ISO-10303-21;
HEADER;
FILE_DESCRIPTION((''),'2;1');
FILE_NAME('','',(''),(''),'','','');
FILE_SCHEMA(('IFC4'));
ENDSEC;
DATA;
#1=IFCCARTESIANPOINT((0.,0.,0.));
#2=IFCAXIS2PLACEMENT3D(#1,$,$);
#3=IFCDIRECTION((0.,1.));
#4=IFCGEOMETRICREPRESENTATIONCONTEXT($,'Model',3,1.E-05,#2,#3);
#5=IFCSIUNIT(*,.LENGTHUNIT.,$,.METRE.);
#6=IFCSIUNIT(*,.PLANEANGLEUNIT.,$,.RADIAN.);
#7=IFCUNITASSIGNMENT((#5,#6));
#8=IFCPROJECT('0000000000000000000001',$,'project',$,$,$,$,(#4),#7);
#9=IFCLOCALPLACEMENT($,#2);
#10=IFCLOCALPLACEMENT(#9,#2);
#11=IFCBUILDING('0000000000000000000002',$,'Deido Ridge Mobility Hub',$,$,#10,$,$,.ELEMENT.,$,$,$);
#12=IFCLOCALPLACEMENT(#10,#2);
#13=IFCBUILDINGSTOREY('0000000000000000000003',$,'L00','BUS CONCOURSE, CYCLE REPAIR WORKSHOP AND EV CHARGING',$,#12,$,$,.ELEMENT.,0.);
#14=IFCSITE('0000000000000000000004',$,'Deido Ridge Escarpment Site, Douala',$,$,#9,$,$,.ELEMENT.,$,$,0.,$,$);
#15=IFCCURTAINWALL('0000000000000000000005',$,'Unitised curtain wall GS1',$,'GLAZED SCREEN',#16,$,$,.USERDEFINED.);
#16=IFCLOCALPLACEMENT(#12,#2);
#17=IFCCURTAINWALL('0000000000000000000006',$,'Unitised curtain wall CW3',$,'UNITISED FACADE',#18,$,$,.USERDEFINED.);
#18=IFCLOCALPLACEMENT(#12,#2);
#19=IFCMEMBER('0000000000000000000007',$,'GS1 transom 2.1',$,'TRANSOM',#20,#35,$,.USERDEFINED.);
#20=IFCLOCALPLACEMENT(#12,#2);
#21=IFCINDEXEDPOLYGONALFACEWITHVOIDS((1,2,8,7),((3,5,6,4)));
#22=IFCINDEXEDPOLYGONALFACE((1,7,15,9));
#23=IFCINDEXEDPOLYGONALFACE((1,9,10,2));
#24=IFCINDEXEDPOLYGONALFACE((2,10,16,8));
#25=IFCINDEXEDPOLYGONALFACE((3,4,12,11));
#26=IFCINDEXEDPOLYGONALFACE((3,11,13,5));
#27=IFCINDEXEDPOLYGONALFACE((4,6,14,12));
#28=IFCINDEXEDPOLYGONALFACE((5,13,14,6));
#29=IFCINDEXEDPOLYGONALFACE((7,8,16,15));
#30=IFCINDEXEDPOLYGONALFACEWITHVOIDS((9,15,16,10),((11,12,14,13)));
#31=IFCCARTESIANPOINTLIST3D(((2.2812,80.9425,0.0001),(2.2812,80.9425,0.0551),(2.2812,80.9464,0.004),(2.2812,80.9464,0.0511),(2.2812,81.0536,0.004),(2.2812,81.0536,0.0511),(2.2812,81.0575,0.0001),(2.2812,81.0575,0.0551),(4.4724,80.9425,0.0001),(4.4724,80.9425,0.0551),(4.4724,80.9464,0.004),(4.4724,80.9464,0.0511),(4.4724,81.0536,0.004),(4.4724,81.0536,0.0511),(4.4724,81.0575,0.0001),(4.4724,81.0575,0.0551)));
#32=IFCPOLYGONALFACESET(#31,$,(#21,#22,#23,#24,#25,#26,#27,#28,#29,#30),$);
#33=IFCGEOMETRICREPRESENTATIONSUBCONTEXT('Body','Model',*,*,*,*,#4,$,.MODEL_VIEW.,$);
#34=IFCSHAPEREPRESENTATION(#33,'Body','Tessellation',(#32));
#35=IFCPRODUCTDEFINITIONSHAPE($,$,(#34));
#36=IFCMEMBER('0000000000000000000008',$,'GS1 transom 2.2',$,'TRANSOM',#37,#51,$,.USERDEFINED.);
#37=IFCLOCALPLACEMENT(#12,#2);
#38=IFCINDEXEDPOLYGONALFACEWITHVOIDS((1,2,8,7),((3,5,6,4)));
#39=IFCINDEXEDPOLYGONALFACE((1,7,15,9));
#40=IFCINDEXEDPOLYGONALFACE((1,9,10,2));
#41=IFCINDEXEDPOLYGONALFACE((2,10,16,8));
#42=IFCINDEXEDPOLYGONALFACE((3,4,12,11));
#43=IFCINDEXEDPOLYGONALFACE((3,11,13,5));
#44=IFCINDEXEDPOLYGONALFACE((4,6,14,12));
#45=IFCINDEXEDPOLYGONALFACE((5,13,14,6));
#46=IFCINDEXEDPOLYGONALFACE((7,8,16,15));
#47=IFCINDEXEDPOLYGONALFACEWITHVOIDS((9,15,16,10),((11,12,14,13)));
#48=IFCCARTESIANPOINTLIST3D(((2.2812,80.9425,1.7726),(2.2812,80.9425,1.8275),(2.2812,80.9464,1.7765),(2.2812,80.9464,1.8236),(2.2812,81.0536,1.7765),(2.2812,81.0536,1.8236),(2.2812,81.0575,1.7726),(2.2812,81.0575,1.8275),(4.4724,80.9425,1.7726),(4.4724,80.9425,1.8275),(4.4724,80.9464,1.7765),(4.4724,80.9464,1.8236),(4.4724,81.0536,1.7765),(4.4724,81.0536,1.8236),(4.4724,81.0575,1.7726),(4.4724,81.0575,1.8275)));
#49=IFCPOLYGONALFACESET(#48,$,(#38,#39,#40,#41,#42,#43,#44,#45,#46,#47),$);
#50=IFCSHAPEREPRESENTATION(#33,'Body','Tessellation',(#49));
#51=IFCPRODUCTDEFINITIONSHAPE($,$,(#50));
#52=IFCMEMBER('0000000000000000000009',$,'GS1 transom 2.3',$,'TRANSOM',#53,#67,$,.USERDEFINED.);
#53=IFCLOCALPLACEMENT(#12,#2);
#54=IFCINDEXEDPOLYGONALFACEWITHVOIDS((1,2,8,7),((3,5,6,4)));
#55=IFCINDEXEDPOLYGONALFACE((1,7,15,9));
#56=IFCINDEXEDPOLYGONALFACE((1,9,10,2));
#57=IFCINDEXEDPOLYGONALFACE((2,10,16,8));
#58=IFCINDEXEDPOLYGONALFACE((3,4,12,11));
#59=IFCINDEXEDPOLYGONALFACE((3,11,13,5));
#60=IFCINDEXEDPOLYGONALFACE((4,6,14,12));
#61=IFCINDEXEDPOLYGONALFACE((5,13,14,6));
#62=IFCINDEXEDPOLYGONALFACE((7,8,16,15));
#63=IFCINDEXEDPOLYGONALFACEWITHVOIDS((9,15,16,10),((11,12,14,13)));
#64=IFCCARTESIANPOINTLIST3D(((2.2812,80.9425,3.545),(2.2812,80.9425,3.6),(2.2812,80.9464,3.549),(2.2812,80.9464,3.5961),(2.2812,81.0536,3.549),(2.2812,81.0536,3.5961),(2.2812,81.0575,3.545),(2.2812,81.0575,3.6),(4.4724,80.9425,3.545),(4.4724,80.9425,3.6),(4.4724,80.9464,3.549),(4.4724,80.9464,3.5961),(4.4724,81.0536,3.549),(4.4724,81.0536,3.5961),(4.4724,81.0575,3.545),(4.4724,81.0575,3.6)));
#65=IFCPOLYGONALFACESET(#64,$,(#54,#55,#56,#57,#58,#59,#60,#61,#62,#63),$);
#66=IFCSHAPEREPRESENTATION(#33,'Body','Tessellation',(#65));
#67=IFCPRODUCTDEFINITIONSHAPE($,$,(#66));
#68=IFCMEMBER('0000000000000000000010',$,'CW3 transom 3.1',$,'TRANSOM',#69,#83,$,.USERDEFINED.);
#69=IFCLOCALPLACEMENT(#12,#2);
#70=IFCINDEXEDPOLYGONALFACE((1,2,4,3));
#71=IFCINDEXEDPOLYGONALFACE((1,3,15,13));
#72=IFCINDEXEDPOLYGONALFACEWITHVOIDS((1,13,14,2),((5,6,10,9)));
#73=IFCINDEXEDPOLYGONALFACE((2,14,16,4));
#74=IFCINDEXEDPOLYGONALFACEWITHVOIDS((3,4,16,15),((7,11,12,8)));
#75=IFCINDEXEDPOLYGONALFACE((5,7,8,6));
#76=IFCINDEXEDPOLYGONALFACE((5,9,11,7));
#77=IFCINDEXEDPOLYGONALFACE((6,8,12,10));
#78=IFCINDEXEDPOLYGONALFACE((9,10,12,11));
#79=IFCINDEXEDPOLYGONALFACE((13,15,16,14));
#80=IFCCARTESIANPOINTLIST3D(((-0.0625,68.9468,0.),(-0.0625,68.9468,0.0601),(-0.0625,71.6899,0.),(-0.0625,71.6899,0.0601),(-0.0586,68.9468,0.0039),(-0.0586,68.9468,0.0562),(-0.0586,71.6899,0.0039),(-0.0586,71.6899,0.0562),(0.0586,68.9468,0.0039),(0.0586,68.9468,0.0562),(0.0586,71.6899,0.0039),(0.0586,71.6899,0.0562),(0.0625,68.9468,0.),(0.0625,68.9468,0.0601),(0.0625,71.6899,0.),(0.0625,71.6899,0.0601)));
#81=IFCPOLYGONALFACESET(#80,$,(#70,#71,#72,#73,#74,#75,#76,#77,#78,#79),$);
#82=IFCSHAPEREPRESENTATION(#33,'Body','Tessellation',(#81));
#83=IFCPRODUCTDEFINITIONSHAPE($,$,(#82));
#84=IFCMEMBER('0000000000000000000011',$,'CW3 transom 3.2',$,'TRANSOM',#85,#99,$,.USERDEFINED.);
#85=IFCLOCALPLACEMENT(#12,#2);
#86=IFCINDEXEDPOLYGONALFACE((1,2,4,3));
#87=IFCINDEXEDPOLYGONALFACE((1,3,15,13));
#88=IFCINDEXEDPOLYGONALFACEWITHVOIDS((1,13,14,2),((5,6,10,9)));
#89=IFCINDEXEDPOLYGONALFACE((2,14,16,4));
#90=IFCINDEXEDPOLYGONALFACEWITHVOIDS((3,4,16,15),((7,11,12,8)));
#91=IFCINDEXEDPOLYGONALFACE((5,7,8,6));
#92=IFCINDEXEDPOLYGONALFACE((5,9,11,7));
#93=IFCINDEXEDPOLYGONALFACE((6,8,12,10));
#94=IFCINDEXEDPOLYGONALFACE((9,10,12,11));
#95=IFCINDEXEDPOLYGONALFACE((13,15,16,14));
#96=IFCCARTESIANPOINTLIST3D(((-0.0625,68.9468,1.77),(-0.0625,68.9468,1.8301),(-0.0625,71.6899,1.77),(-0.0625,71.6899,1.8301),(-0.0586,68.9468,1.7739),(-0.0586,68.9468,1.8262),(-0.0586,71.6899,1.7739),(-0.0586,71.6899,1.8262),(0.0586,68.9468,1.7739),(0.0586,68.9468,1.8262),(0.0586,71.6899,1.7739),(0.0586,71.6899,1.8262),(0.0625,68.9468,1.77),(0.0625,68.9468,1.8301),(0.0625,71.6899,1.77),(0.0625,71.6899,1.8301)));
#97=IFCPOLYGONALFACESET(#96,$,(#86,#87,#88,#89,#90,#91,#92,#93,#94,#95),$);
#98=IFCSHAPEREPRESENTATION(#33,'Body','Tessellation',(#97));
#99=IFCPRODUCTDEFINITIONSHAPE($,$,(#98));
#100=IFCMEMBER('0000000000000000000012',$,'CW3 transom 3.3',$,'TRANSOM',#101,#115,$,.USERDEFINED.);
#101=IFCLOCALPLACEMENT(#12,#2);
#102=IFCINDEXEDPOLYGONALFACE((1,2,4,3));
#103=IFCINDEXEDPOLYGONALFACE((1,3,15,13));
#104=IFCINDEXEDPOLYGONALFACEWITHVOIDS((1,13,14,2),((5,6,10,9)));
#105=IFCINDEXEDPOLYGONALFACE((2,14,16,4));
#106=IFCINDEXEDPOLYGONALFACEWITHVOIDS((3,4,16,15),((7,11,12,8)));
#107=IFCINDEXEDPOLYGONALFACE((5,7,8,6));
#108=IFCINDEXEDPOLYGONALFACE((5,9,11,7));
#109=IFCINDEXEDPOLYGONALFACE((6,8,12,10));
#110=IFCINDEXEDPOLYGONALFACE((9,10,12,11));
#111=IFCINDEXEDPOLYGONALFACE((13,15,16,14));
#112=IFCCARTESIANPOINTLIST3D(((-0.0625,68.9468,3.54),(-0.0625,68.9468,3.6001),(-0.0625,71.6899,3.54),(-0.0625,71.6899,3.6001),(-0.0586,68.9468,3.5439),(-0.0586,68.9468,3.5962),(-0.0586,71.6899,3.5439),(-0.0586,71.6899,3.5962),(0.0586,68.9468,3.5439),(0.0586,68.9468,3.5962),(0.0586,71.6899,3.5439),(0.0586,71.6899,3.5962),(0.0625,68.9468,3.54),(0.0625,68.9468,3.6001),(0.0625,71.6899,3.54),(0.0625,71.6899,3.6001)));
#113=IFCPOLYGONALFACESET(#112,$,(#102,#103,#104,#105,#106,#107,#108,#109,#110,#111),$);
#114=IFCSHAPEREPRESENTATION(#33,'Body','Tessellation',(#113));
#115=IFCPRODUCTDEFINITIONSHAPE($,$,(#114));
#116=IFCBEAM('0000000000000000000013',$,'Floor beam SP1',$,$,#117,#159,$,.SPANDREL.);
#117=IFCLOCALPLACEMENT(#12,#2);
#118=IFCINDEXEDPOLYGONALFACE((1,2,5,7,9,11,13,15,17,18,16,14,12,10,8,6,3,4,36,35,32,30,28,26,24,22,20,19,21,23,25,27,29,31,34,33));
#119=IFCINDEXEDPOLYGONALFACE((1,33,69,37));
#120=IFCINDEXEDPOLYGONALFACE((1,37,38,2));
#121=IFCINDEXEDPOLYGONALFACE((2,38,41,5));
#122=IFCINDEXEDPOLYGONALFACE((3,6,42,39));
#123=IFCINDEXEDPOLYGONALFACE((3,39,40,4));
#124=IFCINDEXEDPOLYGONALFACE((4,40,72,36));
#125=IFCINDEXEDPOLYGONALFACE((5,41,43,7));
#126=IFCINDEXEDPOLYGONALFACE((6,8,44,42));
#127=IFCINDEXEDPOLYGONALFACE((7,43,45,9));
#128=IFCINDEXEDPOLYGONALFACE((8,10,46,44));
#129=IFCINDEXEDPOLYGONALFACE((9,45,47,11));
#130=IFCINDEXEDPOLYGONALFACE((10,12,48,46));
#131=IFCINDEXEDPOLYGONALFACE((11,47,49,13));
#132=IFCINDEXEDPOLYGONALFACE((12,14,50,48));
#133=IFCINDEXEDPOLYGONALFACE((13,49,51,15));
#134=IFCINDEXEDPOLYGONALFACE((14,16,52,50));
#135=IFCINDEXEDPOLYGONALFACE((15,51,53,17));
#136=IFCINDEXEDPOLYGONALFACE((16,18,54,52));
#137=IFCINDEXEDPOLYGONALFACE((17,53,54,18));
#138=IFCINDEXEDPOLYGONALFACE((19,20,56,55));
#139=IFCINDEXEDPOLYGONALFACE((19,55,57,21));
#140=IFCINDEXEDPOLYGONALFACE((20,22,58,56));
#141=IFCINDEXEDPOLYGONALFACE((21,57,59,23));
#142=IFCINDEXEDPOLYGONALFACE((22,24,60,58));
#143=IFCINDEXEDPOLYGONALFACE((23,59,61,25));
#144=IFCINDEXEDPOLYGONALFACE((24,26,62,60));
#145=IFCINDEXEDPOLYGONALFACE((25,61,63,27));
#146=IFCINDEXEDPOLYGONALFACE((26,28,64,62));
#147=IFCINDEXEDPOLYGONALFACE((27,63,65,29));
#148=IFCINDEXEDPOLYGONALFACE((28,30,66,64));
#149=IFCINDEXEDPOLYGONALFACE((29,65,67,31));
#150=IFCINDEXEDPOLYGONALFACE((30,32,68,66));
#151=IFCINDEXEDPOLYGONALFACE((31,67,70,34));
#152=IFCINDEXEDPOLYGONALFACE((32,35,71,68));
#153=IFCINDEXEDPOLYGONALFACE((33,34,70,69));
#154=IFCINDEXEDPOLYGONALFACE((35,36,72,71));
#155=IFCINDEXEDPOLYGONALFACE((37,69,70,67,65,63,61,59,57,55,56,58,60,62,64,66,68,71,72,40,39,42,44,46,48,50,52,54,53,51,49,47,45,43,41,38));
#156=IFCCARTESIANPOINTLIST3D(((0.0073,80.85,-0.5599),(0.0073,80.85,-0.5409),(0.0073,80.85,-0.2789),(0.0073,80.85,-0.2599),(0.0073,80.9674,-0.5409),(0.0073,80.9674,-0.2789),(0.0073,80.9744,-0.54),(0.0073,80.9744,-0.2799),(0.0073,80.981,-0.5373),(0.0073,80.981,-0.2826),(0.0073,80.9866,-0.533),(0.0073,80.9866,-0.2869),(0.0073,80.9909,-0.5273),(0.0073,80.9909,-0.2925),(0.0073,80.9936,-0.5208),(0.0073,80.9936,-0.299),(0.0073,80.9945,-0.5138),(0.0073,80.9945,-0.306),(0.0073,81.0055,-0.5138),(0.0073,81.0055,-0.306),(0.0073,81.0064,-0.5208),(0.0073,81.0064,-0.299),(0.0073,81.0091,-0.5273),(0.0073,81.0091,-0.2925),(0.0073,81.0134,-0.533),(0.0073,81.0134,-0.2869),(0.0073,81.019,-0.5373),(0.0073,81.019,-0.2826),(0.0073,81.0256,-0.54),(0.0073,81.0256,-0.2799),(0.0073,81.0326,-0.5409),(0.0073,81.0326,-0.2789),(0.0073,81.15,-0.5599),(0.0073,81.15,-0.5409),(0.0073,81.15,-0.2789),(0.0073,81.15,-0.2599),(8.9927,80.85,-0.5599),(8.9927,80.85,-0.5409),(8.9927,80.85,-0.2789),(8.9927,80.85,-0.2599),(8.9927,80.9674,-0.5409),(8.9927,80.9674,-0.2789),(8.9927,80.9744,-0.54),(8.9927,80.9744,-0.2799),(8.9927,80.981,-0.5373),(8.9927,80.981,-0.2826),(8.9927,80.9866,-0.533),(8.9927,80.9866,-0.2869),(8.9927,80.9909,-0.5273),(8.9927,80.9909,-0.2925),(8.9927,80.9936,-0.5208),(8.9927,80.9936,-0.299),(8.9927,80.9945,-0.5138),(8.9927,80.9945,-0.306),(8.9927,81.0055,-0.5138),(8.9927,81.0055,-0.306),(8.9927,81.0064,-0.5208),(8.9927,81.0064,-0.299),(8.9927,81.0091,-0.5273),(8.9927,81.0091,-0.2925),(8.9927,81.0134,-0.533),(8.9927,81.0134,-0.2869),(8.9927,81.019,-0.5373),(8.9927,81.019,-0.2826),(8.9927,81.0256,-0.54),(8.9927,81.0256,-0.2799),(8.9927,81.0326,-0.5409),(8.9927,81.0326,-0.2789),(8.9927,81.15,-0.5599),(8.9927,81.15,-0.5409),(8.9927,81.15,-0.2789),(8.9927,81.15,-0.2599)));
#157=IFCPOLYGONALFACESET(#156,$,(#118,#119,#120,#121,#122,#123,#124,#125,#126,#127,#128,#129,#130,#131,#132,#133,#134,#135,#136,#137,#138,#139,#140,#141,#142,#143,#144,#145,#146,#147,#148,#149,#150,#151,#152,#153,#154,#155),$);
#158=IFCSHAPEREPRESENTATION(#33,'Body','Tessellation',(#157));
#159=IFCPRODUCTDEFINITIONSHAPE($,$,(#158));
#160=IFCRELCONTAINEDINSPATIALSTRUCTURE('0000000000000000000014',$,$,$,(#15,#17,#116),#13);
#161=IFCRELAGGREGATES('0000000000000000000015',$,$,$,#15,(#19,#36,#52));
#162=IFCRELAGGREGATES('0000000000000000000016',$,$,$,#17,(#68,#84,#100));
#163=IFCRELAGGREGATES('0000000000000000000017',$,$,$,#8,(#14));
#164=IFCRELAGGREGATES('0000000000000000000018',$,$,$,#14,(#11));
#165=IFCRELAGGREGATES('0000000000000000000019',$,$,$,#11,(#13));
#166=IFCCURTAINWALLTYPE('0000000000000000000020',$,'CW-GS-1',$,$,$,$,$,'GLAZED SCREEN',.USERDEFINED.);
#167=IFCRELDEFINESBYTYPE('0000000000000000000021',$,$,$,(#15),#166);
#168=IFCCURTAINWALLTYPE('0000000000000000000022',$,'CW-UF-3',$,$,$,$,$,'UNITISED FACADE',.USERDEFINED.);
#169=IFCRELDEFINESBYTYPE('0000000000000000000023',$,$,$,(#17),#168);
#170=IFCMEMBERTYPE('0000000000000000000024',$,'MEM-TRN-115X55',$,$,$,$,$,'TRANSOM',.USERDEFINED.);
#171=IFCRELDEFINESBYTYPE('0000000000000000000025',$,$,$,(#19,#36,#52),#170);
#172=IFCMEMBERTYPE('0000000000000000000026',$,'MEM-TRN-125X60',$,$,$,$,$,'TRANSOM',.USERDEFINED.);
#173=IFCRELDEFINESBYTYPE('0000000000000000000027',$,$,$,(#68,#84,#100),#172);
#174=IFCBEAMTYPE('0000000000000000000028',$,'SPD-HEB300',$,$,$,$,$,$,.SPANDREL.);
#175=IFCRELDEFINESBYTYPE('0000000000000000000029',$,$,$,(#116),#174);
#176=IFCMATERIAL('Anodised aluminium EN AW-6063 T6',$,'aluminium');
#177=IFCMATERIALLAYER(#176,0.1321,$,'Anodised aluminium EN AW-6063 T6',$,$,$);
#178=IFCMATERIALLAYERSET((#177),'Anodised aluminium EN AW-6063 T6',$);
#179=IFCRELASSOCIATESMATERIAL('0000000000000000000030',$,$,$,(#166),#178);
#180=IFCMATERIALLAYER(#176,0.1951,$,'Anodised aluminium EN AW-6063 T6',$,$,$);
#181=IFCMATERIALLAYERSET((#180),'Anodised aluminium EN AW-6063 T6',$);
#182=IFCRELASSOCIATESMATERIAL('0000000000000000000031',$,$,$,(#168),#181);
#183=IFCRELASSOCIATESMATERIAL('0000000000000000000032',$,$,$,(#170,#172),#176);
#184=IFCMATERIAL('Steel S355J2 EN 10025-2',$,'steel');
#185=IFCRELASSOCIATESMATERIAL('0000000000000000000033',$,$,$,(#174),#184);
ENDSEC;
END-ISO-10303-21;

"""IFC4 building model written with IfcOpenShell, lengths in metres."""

from ifc_helpers import new_model, si_unit, direction, frame, origin, origin_2d, place, context, subcontext, project, spatial, hollow_rectangle, i_section, extrude, material, layer, layer_set, material_profile, profile_set, type_object, element, aggregate, save


model = new_model("IFC4")

# Units and contexts
model_context = context("Model", 3, precision=1e-05, world=origin(), true_north=direction((0.0, 1.0)))
body_context = subcontext(model_context, "Body", "Model", "MODEL_VIEW")
ifc_project = project(units=[si_unit("LENGTHUNIT", "METRE"), si_unit("PLANEANGLEUNIT", "RADIAN")], contexts=[model_context])

# Site, building, storey
site_placement = place(None, origin())
site = spatial("IfcSite", under=ifc_project, at=site_placement, Name="Deido Ridge Escarpment Site, Douala", CompositionType="ELEMENT", RefElevation=0.0)
building_placement = place(site_placement, origin())
building = spatial("IfcBuilding", under=site, at=building_placement, Name="Deido Ridge Mobility Hub", CompositionType="ELEMENT")
storey_placement = place(building_placement, origin())
storey = spatial("IfcBuildingStorey", under=building, at=storey_placement, Name="L00", Description="BUS CONCOURSE, CYCLE REPAIR WORKSHOP AND EV CHARGING", CompositionType="ELEMENT", Elevation=0.0)

# Shared definitions
ifc_material_1 = material(Name="Steel S355J2 EN 10025-2", Category="steel")

# Curtain walls
ifc_material_2 = material(Name="Anodised aluminium EN AW-6063 T6", Category="aluminium")
ifc_layer_1 = layer(ifc_material_2, 0.1321, Name="Anodised aluminium EN AW-6063 T6")
ifc_layer_set_1 = layer_set([ifc_layer_1], Name="Anodised aluminium EN AW-6063 T6")
curtain_wall_type_1 = type_object("IfcCurtainWallType", Name="CW-GS-1", ElementType="GLAZED SCREEN", PredefinedType="USERDEFINED", material=ifc_layer_set_1)
curtain_wall_1_placement = place(storey_placement, origin())
curtain_wall_1 = element("IfcCurtainWall", 1, at=curtain_wall_1_placement, inside=storey, type_object=curtain_wall_type_1, Name="Unitised curtain wall GS1", ObjectType="GLAZED SCREEN", PredefinedType="USERDEFINED")
ifc_layer_2 = layer(ifc_material_2, 0.1951, Name="Anodised aluminium EN AW-6063 T6")
ifc_layer_set_2 = layer_set([ifc_layer_2], Name="Anodised aluminium EN AW-6063 T6")
curtain_wall_type_2 = type_object("IfcCurtainWallType", Name="CW-UF-3", ElementType="UNITISED FACADE", PredefinedType="USERDEFINED", material=ifc_layer_set_2)
curtain_wall_2_placement = place(storey_placement, origin())
curtain_wall_2 = element("IfcCurtainWall", 2, at=curtain_wall_2_placement, inside=storey, type_object=curtain_wall_type_2, Name="Unitised curtain wall CW3", ObjectType="UNITISED FACADE", PredefinedType="USERDEFINED")

# Members
ifc_material_profile_1 = material_profile(ifc_material_2, hollow_rectangle(XDim=0.115, YDim=0.0549, WallThickness=0.0039, at=origin_2d()), Name="RHS 115x55x4")
ifc_profile_set_1 = profile_set([ifc_material_profile_1], Name="Anodised aluminium EN AW-6063 T6")
member_type_1 = type_object("IfcMemberType", Name="MEM-TRN-115X55", ElementType="TRANSOM", PredefinedType="USERDEFINED", material=ifc_profile_set_1)
member_1_placement = place(storey_placement, frame((2.2812, 81.0, 0.0276), z_axis=(1.0, 0.0, 0.0), x_axis=(0.0, 1.0, 0.0)))
member_1 = element("IfcMember", 3, at=member_1_placement, type_object=member_type_1, Name="GS1 transom 2.1", ObjectType="TRANSOM", PredefinedType="USERDEFINED", context=body_context, shape_type="SweptSolid", body=[
    extrude(hollow_rectangle(XDim=0.115, YDim=0.0549, WallThickness=0.0039, at=origin_2d()), origin(), (0.0, 0.0, 1.0), 2.1912),
])
member_2_placement = place(storey_placement, frame((2.2812, 81.0, 1.8), z_axis=(1.0, 0.0, 0.0), x_axis=(0.0, 1.0, 0.0)))
member_2 = element("IfcMember", 4, at=member_2_placement, type_object=member_type_1, Name="GS1 transom 2.2", ObjectType="TRANSOM", PredefinedType="USERDEFINED", context=body_context, shape_type="SweptSolid", body=[
    extrude(hollow_rectangle(XDim=0.115, YDim=0.0549, WallThickness=0.0039, at=origin_2d()), origin(), (0.0, 0.0, 1.0), 2.1912),
])
member_3_placement = place(storey_placement, frame((2.2812, 81.0, 3.5725), z_axis=(1.0, 0.0, 0.0), x_axis=(0.0, 1.0, 0.0)))
member_3 = element("IfcMember", 5, at=member_3_placement, type_object=member_type_1, Name="GS1 transom 2.3", ObjectType="TRANSOM", PredefinedType="USERDEFINED", context=body_context, shape_type="SweptSolid", body=[
    extrude(hollow_rectangle(XDim=0.115, YDim=0.0549, WallThickness=0.0039, at=origin_2d()), origin(), (0.0, 0.0, 1.0), 2.1912),
])
ifc_material_profile_2 = material_profile(ifc_material_2, hollow_rectangle(XDim=0.125, YDim=0.0601, WallThickness=0.0039, at=origin_2d()), Name="RHS 125x60x4")
ifc_profile_set_2 = profile_set([ifc_material_profile_2], Name="Anodised aluminium EN AW-6063 T6")
member_type_2 = type_object("IfcMemberType", Name="MEM-TRN-125X60", ElementType="TRANSOM", PredefinedType="USERDEFINED", material=ifc_profile_set_2)
member_4_placement = place(storey_placement, frame((0.0, 68.9468, 0.03), z_axis=(0.0, 1.0, 0.0), x_axis=(-1.0, 0.0, 0.0)))
member_4 = element("IfcMember", 6, at=member_4_placement, type_object=member_type_2, Name="CW3 transom 3.1", ObjectType="TRANSOM", PredefinedType="USERDEFINED", context=body_context, shape_type="SweptSolid", body=[
    extrude(hollow_rectangle(XDim=0.125, YDim=0.0601, WallThickness=0.0039, at=origin_2d()), origin(), (0.0, 0.0, 1.0), 2.7432),
])
member_5_placement = place(storey_placement, frame((0.0, 68.9468, 1.8), z_axis=(0.0, 1.0, 0.0), x_axis=(-1.0, 0.0, 0.0)))
member_5 = element("IfcMember", 7, at=member_5_placement, type_object=member_type_2, Name="CW3 transom 3.2", ObjectType="TRANSOM", PredefinedType="USERDEFINED", context=body_context, shape_type="SweptSolid", body=[
    extrude(hollow_rectangle(XDim=0.125, YDim=0.0601, WallThickness=0.0039, at=origin_2d()), origin(), (0.0, 0.0, 1.0), 2.7432),
])
member_6_placement = place(storey_placement, frame((0.0, 68.9468, 3.5701), z_axis=(0.0, 1.0, 0.0), x_axis=(-1.0, 0.0, 0.0)))
member_6 = element("IfcMember", 8, at=member_6_placement, type_object=member_type_2, Name="CW3 transom 3.3", ObjectType="TRANSOM", PredefinedType="USERDEFINED", context=body_context, shape_type="SweptSolid", body=[
    extrude(hollow_rectangle(XDim=0.125, YDim=0.0601, WallThickness=0.0039, at=origin_2d()), origin(), (0.0, 0.0, 1.0), 2.7432),
])

# Beam
ifc_material_profile_3 = material_profile(ifc_material_1, i_section(OverallWidth=0.3, OverallDepth=0.3, WebThickness=0.011, FlangeThickness=0.019, FilletRadius=0.0271, at=origin_2d()), Name="HEB 300")
ifc_profile_set_3 = profile_set([ifc_material_profile_3], Name="Steel S355J2 EN 10025-2")
beam_type_1 = type_object("IfcBeamType", Name="SPD-HEB300", PredefinedType="SPANDREL", material=ifc_profile_set_3)
beam_1_placement = place(storey_placement, frame((0.0073, 81.0, -0.4099), z_axis=(1.0, 0.0, 0.0), x_axis=(0.0, 1.0, 0.0)))
element("IfcBeam", 9, at=beam_1_placement, inside=storey, type_object=beam_type_1, Name="Floor beam SP1", PredefinedType="SPANDREL", context=body_context, shape_type="SweptSolid", body=[
    extrude(i_section(OverallWidth=0.3, OverallDepth=0.3, WebThickness=0.011, FlangeThickness=0.019, FilletRadius=0.0271, at=origin_2d()), origin(), (0.0, 0.0, 1.0), 8.9854),
])

aggregate(curtain_wall_1, [member_1, member_2, member_3])
aggregate(curtain_wall_2, [member_4, member_5, member_6])

save(model, "model.ifc")
